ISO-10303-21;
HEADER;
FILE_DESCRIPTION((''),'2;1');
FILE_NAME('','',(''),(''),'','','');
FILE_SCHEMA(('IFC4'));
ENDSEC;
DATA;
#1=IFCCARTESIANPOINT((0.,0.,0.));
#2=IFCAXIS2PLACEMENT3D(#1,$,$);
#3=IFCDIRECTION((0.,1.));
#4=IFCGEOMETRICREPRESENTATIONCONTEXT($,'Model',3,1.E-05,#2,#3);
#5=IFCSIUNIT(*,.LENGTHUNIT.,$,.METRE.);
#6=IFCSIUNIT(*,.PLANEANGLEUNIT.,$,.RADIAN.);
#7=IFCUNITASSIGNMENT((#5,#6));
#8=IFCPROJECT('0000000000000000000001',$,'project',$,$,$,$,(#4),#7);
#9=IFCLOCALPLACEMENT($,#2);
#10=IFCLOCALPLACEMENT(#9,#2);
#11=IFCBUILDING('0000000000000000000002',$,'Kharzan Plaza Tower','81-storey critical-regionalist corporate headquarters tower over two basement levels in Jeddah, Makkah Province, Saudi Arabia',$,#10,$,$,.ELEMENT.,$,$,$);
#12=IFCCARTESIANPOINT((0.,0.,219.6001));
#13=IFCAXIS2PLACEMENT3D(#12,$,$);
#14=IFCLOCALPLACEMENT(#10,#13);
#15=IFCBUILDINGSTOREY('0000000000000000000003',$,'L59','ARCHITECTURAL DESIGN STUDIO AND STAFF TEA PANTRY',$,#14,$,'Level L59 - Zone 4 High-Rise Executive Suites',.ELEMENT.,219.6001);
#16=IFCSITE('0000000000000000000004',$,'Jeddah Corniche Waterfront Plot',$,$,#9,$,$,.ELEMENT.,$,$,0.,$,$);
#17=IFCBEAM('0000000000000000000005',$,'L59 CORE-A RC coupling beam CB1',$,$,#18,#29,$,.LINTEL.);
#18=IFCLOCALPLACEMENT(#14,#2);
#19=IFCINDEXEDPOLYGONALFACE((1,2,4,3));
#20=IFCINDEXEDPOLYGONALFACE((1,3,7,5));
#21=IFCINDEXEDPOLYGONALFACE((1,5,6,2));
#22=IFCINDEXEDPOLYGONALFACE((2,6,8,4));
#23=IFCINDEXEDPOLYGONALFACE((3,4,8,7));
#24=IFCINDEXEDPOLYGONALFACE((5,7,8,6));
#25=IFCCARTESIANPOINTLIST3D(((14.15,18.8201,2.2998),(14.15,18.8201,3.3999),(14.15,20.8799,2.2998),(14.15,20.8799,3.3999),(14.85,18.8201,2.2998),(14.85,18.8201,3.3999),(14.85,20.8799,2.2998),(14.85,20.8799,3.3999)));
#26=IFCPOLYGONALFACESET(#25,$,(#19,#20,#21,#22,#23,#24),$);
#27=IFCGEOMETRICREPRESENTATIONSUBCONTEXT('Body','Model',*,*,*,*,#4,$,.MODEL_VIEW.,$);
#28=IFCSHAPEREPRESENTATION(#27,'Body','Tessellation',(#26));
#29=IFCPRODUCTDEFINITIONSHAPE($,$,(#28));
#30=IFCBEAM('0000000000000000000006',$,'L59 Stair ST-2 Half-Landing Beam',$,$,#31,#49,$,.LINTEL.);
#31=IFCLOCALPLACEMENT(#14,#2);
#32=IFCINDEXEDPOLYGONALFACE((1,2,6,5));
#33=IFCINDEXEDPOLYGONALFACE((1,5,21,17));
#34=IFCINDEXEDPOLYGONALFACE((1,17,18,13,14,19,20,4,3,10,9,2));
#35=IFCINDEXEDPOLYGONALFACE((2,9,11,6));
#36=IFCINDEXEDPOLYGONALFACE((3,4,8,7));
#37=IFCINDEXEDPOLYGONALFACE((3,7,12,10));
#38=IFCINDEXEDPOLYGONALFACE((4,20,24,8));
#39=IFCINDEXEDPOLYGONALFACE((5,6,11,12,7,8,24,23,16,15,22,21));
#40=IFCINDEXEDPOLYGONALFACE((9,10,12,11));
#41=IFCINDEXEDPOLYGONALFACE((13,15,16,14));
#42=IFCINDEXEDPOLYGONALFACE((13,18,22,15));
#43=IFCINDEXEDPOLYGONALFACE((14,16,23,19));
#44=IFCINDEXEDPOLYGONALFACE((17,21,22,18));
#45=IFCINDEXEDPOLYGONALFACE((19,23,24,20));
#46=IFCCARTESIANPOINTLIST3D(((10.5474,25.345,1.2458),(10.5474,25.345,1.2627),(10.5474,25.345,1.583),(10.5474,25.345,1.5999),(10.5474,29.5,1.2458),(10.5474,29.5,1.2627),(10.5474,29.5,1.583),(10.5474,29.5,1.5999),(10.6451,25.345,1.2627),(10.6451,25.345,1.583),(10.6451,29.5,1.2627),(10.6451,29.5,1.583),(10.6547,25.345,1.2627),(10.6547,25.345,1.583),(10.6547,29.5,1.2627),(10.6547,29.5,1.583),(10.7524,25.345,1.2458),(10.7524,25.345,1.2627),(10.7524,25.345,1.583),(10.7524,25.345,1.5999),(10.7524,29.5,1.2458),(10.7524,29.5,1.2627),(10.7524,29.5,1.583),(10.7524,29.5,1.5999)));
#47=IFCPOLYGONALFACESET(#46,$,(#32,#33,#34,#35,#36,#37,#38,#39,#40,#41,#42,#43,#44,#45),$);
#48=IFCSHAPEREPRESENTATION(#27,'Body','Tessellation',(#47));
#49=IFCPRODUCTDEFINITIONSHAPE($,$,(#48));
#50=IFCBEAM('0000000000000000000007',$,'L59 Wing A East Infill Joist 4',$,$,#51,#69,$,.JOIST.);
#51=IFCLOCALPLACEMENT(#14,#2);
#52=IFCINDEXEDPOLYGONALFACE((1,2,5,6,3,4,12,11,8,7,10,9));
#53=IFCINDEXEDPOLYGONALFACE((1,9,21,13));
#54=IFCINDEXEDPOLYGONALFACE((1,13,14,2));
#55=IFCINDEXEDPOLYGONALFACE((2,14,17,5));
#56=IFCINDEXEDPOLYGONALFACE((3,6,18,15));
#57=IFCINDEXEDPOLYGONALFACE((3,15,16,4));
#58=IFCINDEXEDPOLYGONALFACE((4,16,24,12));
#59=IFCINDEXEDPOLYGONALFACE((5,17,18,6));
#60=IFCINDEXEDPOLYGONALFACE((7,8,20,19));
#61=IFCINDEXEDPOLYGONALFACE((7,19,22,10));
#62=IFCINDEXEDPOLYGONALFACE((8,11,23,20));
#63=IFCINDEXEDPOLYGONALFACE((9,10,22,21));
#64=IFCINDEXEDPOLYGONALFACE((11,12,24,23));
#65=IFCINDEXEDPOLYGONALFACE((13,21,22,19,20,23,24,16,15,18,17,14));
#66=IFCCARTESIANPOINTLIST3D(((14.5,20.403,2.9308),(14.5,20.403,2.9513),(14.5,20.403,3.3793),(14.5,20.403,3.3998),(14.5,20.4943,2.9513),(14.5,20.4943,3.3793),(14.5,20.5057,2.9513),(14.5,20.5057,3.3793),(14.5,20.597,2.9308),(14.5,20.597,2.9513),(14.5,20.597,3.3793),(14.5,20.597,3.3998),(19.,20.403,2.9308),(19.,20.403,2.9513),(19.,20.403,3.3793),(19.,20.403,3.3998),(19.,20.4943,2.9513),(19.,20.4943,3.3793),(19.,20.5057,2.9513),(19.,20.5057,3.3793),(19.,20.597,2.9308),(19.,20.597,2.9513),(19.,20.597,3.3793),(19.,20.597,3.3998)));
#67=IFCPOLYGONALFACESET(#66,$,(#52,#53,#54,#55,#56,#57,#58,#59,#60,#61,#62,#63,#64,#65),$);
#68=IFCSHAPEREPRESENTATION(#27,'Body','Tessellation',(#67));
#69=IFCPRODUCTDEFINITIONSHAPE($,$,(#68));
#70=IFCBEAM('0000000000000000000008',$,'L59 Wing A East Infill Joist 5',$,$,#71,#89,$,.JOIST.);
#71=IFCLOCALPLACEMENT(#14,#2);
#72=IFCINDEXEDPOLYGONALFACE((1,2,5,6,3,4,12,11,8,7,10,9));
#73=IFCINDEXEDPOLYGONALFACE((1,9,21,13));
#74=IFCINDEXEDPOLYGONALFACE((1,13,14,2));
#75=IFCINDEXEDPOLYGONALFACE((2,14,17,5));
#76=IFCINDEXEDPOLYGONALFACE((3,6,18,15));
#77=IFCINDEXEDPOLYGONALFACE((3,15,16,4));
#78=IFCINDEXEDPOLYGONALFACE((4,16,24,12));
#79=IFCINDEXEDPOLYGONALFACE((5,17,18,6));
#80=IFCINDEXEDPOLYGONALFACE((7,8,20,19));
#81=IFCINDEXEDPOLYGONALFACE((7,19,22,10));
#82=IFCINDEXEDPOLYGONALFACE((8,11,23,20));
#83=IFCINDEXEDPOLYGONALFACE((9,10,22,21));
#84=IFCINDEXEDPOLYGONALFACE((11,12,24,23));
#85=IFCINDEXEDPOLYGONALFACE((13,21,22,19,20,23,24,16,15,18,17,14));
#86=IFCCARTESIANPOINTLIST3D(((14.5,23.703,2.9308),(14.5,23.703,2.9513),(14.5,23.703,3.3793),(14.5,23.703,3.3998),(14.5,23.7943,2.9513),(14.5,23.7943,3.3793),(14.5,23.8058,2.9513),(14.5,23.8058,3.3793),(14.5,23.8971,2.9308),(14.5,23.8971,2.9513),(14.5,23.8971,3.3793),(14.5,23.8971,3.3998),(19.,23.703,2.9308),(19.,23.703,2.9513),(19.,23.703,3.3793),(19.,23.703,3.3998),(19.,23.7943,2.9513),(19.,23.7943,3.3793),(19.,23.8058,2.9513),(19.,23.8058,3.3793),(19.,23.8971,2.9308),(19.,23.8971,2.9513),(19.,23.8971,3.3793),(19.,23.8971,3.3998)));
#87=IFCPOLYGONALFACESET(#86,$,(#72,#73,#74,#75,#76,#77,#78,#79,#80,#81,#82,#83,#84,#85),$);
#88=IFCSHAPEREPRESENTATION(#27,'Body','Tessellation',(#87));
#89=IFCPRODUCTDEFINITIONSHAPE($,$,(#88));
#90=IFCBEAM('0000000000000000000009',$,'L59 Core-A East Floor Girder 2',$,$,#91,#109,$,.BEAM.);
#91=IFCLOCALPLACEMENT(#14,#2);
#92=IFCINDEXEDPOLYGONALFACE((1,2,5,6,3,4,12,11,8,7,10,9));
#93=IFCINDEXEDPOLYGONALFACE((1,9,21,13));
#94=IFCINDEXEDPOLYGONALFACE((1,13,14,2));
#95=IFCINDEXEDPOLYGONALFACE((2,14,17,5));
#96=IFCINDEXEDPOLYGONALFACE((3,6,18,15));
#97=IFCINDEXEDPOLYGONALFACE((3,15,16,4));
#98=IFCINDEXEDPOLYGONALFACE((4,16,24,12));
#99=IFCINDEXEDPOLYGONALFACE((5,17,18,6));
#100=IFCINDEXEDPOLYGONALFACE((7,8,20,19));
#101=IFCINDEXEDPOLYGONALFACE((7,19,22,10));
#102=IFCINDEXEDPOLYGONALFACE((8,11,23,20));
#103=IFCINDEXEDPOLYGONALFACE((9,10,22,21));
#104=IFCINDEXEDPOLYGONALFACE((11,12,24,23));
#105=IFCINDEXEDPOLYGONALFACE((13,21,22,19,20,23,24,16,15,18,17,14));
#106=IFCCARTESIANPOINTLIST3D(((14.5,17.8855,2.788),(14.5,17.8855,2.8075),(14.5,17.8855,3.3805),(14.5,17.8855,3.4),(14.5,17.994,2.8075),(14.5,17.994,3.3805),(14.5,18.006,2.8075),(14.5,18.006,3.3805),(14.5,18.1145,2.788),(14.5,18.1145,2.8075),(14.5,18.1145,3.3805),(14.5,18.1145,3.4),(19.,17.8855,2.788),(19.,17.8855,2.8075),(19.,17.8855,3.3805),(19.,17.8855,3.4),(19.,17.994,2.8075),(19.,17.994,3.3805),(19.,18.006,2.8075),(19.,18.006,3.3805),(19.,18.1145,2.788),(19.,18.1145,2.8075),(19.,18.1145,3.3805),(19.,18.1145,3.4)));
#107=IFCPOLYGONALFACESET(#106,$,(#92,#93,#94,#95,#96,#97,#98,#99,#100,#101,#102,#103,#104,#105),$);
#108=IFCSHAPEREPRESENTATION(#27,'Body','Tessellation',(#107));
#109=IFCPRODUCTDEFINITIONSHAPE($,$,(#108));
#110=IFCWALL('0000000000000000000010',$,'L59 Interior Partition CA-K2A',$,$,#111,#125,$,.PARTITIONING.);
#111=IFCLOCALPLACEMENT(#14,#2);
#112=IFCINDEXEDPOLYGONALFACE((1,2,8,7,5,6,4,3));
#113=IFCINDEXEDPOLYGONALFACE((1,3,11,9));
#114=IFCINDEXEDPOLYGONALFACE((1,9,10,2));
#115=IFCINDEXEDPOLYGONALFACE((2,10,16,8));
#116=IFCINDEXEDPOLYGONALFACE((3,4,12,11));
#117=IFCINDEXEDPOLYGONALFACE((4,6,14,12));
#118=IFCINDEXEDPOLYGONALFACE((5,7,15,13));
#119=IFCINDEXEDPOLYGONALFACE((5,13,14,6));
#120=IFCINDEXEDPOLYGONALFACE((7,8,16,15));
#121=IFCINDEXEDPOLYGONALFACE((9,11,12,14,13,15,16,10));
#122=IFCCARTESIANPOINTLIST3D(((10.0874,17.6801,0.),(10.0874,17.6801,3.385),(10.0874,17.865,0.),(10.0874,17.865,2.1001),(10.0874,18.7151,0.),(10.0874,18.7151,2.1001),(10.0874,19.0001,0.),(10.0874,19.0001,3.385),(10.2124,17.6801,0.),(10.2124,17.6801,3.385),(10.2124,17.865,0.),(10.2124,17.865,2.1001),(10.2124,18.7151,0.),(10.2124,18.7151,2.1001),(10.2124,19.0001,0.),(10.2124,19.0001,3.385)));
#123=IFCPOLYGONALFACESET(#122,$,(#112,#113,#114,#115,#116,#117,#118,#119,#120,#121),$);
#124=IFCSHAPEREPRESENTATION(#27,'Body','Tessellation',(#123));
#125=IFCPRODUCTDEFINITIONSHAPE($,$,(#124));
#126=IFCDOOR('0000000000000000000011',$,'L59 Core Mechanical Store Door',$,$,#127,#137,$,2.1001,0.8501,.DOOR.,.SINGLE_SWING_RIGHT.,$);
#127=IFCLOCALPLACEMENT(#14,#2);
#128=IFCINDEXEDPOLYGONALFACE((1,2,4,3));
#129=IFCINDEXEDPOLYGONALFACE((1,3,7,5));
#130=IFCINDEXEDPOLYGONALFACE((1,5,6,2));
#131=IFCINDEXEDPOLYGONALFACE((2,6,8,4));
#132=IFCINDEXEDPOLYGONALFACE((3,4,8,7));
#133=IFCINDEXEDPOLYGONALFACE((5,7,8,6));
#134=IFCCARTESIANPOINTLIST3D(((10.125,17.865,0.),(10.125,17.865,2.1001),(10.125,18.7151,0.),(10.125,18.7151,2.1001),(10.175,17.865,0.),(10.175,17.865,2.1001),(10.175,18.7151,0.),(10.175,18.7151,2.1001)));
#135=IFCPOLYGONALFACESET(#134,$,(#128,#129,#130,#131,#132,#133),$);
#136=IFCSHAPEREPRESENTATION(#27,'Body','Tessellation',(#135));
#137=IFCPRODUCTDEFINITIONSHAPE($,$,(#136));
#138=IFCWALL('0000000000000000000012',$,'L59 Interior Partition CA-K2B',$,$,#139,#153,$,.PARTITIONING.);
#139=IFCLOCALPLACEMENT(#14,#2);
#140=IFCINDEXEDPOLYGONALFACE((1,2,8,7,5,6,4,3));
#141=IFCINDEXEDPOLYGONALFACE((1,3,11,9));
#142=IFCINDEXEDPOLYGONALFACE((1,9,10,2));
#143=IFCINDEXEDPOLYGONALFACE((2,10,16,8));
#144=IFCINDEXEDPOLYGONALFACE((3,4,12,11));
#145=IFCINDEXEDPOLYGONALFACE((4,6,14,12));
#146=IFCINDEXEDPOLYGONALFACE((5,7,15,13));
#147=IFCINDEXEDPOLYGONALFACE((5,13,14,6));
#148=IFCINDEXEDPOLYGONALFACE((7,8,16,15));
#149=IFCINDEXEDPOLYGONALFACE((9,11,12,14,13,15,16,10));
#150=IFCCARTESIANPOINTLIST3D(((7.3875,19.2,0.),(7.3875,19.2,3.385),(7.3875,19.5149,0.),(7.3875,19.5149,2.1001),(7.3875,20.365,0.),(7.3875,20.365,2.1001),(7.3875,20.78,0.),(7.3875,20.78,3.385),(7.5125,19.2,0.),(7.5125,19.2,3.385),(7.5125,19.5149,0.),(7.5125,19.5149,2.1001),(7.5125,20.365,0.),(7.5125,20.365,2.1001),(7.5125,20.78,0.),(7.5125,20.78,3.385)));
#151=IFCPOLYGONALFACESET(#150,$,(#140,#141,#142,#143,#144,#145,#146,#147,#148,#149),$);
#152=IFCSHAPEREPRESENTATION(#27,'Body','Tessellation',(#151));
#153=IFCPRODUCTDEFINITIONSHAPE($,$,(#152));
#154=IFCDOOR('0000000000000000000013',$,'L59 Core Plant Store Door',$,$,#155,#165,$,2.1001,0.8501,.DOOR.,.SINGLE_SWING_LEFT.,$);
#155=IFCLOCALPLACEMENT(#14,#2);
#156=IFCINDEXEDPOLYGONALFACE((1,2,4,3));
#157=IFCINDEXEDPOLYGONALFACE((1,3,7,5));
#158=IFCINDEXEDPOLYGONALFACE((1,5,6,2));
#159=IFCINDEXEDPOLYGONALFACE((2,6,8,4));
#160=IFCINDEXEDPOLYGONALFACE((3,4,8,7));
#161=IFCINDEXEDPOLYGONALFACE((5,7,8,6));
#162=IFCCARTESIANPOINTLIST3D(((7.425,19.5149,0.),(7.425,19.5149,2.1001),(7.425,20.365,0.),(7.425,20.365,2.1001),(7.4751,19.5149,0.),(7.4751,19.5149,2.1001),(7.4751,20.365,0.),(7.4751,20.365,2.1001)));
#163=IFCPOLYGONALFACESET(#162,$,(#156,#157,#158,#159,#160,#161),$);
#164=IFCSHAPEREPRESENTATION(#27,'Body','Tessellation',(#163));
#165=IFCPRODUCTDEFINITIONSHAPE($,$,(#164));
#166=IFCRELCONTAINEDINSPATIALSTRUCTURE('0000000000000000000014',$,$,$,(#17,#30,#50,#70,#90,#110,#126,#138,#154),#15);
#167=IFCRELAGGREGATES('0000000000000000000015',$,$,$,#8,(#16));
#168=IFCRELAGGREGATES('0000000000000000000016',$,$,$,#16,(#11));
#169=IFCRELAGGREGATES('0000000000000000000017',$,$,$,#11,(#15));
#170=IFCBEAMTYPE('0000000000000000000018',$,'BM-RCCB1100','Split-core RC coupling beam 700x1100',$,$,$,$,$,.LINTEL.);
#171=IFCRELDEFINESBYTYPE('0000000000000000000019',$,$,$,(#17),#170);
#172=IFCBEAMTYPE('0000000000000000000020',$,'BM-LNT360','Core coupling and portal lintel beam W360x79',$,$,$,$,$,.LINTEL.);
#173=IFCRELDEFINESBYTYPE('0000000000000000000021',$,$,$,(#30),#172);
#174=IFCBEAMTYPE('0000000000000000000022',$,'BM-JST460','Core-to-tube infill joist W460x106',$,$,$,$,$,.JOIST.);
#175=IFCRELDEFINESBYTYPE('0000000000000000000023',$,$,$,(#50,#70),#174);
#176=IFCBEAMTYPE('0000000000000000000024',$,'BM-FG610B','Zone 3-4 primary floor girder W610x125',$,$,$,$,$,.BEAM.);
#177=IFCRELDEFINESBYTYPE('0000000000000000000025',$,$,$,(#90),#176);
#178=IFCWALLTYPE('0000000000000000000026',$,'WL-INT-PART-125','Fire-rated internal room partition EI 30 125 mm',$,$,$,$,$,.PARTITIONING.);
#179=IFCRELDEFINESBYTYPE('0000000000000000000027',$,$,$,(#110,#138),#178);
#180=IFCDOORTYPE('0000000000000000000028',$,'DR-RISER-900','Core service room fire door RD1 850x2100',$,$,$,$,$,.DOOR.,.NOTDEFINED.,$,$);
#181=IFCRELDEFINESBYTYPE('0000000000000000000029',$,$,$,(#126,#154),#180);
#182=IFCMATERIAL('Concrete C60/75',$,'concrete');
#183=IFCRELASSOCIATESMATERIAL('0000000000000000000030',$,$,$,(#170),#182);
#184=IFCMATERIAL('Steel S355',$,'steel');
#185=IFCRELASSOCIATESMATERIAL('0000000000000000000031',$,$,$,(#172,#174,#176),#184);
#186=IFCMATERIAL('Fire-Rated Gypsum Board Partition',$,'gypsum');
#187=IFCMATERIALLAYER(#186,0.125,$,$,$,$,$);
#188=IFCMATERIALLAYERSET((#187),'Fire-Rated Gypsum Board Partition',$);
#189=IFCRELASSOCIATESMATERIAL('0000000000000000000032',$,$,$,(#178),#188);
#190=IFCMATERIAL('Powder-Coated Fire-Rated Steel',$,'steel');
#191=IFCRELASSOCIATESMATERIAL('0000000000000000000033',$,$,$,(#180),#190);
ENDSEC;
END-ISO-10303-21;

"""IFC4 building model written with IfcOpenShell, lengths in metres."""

from ifc_helpers import new_model, si_unit, direction, frame, frame_2d, origin, origin_2d, place, context, subcontext, project, spatial, rectangle, i_section, extrude, source, transform, mapped, material, layer, layer_set, material_profile, profile_set, type_object, element, fill, save


model = new_model("IFC4")

# Units and contexts
model_context = context("Model", 3, precision=1e-05, world=origin(), true_north=direction((0.0, 1.0)))
body_context = subcontext(model_context, "Body", "Model", "MODEL_VIEW")
ifc_project = project(units=[si_unit("LENGTHUNIT", "METRE"), si_unit("PLANEANGLEUNIT", "RADIAN")], contexts=[model_context])

# Site, building, storey
site_placement = place(None, origin())
site = spatial("IfcSite", under=ifc_project, at=site_placement, Name="Jeddah Corniche Waterfront Plot", CompositionType="ELEMENT", RefElevation=0.0)
building_placement = place(site_placement, origin())
building = spatial("IfcBuilding", under=site, at=building_placement, Name="Kharzan Plaza Tower", Description="81-storey critical-regionalist corporate headquarters tower over two basement levels in Jeddah, Makkah Province, Saudi Arabia", CompositionType="ELEMENT")
storey_placement = place(building_placement, frame((0.0, 0.0, 219.6001)))
storey = spatial("IfcBuildingStorey", under=building, at=storey_placement, Name="L59", Description="ARCHITECTURAL DESIGN STUDIO AND STAFF TEA PANTRY", LongName="Level L59 - Zone 4 High-Rise Executive Suites", CompositionType="ELEMENT", Elevation=219.6001)

# Beams
ifc_material_1 = material(Name="Concrete C60/75", Category="concrete")
ifc_material_profile_1 = material_profile(ifc_material_1, rectangle(XDim=0.7, YDim=1.1001, at=origin_2d()), Name="RC-CB1100x700")
ifc_profile_set_1 = profile_set([ifc_material_profile_1], Name="Concrete C60/75")
beam_type_1 = type_object("IfcBeamType", Name="BM-RCCB1100", Description="Split-core RC coupling beam 700x1100", PredefinedType="LINTEL", material=ifc_profile_set_1)
shared_shape_1 = source(origin(), body_context, "Body", "SweptSolid", [
    extrude(rectangle(XDim=0.7, YDim=1.1001, at=origin_2d()), origin(), (0.0, 0.0, 1.0), 2.0598),
])
beam_1_placement = place(storey_placement, frame((14.5, 18.8201, 2.8499), z_axis=(0.0, 1.0, 0.0), x_axis=(-1.0, 0.0, 0.0)))
element("IfcBeam", 1, at=beam_1_placement, inside=storey, type_object=beam_type_1, Name="L59 CORE-A RC coupling beam CB1", PredefinedType="LINTEL", context=body_context, shape_type="MappedRepresentation", body=[
    mapped(shared_shape_1, transform((0.0, 0.0, 0.0), x_axis=(1.0, 0.0, 0.0), y_axis=(0.0, 1.0, 0.0), z_axis=(0.0, 0.0, 1.0))),
])
ifc_material_2 = material(Name="Steel S355", Category="steel")
ifc_material_profile_2 = material_profile(ifc_material_2, i_section(OverallWidth=0.2051, OverallDepth=0.354, WebThickness=0.0095, FlangeThickness=0.0168, at=origin_2d()), Name="W360x79")
ifc_profile_set_2 = profile_set([ifc_material_profile_2], Name="Steel S355")
beam_type_2 = type_object("IfcBeamType", Name="BM-LNT360", Description="Core coupling and portal lintel beam W360x79", PredefinedType="LINTEL", material=ifc_profile_set_2)
shared_shape_2 = source(origin(), body_context, "Body", "SweptSolid", [
    extrude(i_section(OverallWidth=0.2051, OverallDepth=0.354, WebThickness=0.0095, FlangeThickness=0.0168, at=origin_2d()), origin(), (0.0, 0.0, 1.0), 4.155),
])
beam_2_placement = place(storey_placement, frame((10.6499, 25.345, 1.4229), z_axis=(0.0, 1.0, 0.0), x_axis=(-1.0, 0.0, 0.0)))
element("IfcBeam", 2, at=beam_2_placement, inside=storey, type_object=beam_type_2, Name="L59 Stair ST-2 Half-Landing Beam", PredefinedType="LINTEL", context=body_context, shape_type="MappedRepresentation", body=[
    mapped(shared_shape_2, transform((0.0, 0.0, 0.0), x_axis=(1.0, 0.0, 0.0), y_axis=(0.0, 1.0, 0.0), z_axis=(0.0, 0.0, 1.0))),
])
ifc_material_profile_3 = material_profile(ifc_material_2, i_section(OverallWidth=0.1941, OverallDepth=0.469, WebThickness=0.0115, FlangeThickness=0.0205, at=origin_2d()), Name="W460x106")
ifc_profile_set_3 = profile_set([ifc_material_profile_3], Name="Steel S355")
beam_type_3 = type_object("IfcBeamType", Name="BM-JST460", Description="Core-to-tube infill joist W460x106", PredefinedType="JOIST", material=ifc_profile_set_3)
shared_shape_3 = source(origin(), body_context, "Body", "SweptSolid", [
    extrude(i_section(OverallWidth=0.1941, OverallDepth=0.469, WebThickness=0.0115, FlangeThickness=0.0205, at=origin_2d()), origin(), (0.0, 0.0, 1.0), 4.5),
])
for number, where, z_axis, x_axis, name in (
    (3, (14.5, 20.5, 3.1653), (1.0, 0.0, 0.0), (0.0, 1.0, 0.0), "L59 Wing A East Infill Joist 4"),
    (4, (14.5, 23.8, 3.1653), (1.0, 0.0, 0.0), (0.0, 1.0, 0.0), "L59 Wing A East Infill Joist 5"),
):
    element("IfcBeam", number, at=place(storey_placement, frame(where, z_axis=z_axis, x_axis=x_axis)), inside=storey, type_object=beam_type_3, Name=name, PredefinedType="JOIST", context=body_context, shape_type="MappedRepresentation", body=[
        mapped(shared_shape_3, transform((0.0, 0.0, 0.0), x_axis=(1.0, 0.0, 0.0), y_axis=(0.0, 1.0, 0.0), z_axis=(0.0, 0.0, 1.0))),
    ])
ifc_material_profile_4 = material_profile(ifc_material_2, i_section(OverallWidth=0.229, OverallDepth=0.6121, WebThickness=0.012, FlangeThickness=0.0195, at=origin_2d()), Name="W610x125")
ifc_profile_set_4 = profile_set([ifc_material_profile_4], Name="Steel S355")
beam_type_4 = type_object("IfcBeamType", Name="BM-FG610B", Description="Zone 3-4 primary floor girder W610x125", PredefinedType="BEAM", material=ifc_profile_set_4)
shared_shape_4 = source(origin(), body_context, "Body", "SweptSolid", [
    extrude(i_section(OverallWidth=0.229, OverallDepth=0.6121, WebThickness=0.012, FlangeThickness=0.0195, at=origin_2d()), origin(), (0.0, 0.0, 1.0), 4.5),
])
beam_3_placement = place(storey_placement, frame((14.5, 18.0, 3.094), z_axis=(1.0, 0.0, 0.0), x_axis=(0.0, 1.0, 0.0)))
element("IfcBeam", 5, at=beam_3_placement, inside=storey, type_object=beam_type_4, Name="L59 Core-A East Floor Girder 2", PredefinedType="BEAM", context=body_context, shape_type="MappedRepresentation", body=[
    mapped(shared_shape_4, transform((0.0, 0.0, 0.0), x_axis=(1.0, 0.0, 0.0), y_axis=(0.0, 1.0, 0.0), z_axis=(0.0, 0.0, 1.0))),
])

# Walls, openings, doors
ifc_material_3 = material(Name="Fire-Rated Gypsum Board Partition", Category="gypsum")
ifc_layer_1 = layer(ifc_material_3, 0.125)
ifc_layer_set_1 = layer_set([ifc_layer_1], Name="Fire-Rated Gypsum Board Partition")
wall_type_1 = type_object("IfcWallType", Name="WL-INT-PART-125", Description="Fire-rated internal room partition EI 30 125 mm", PredefinedType="PARTITIONING", material=ifc_layer_set_1)
wall_1_placement = place(storey_placement, frame((10.1499, 17.6799, 0.0), z_axis=(0.0, 0.0, 1.0), x_axis=(0.0, 1.0, 0.0)))
wall_1 = element("IfcWall", 6, at=wall_1_placement, inside=storey, type_object=wall_type_1, Name="L59 Interior Partition CA-K2A", PredefinedType="PARTITIONING", context=body_context, shape_type="SweptSolid", body=[
    extrude(rectangle(XDim=1.3201, YDim=0.125, at=frame_2d((0.6602, 0.0))), origin(), (0.0, 0.0, 1.0), 3.385),
])
opening_1_placement = place(wall_1_placement, frame((0.1851, 0.0, 0.0)))
opening_1 = element("IfcOpeningElement", 7, at=opening_1_placement, cuts=wall_1, PredefinedType="OPENING", context=body_context, shape_type="SweptSolid", body=[
    extrude(rectangle(XDim=0.8501, YDim=2.1001, at=frame_2d((0.425, 1.05))), frame((0.0, 0.0725, 0.0), z_axis=(0.0, -1.0, 0.0), x_axis=(1.0, 0.0, 0.0)), (0.0, 0.0, 1.0), 0.145),
])
ifc_material_4 = material(Name="Powder-Coated Fire-Rated Steel", Category="steel")
door_type_1 = type_object("IfcDoorType", Name="DR-RISER-900", Description="Core service room fire door RD1 850x2100", OperationType="NOTDEFINED", PredefinedType="DOOR", material=ifc_material_4)
shared_shape_5 = source(origin(), body_context, "Body", "SweptSolid", [
    extrude(rectangle(XDim=0.8501, YDim=2.1001, at=frame_2d((0.425, 1.05))), frame((0.0, 0.0249, 0.0), z_axis=(0.0, -1.0, 0.0), x_axis=(1.0, 0.0, 0.0)), (0.0, 0.0, 1.0), 0.05),
])
door_1_placement = place(opening_1_placement, origin())
door_1 = element("IfcDoor", 8, at=door_1_placement, inside=storey, type_object=door_type_1, Name="L59 Core Mechanical Store Door", OperationType="SINGLE_SWING_RIGHT", OverallHeight=2.1001, OverallWidth=0.8501, PredefinedType="DOOR", context=body_context, shape_type="MappedRepresentation", body=[
    mapped(shared_shape_5, transform((0.0, 0.0, 0.0), x_axis=(1.0, 0.0, 0.0), y_axis=(0.0, 1.0, 0.0), z_axis=(0.0, 0.0, 1.0))),
])
fill(opening_1, door_1)
wall_2_placement = place(storey_placement, frame((7.45, 19.2, 0.0), z_axis=(0.0, 0.0, 1.0), x_axis=(0.0, 1.0, 0.0)))
wall_2 = element("IfcWall", 9, at=wall_2_placement, inside=storey, type_object=wall_type_1, Name="L59 Interior Partition CA-K2B", PredefinedType="PARTITIONING", context=body_context, shape_type="SweptSolid", body=[
    extrude(rectangle(XDim=1.5801, YDim=0.125, at=frame_2d((0.79, 0.0))), origin(), (0.0, 0.0, 1.0), 3.385),
])
opening_2_placement = place(wall_2_placement, frame((0.3149, 0.0, 0.0)))
opening_2 = element("IfcOpeningElement", 10, at=opening_2_placement, cuts=wall_2, PredefinedType="OPENING", context=body_context, shape_type="SweptSolid", body=[
    extrude(rectangle(XDim=0.8501, YDim=2.1001, at=frame_2d((0.425, 1.05))), frame((0.0, 0.0725, 0.0), z_axis=(0.0, -1.0, 0.0), x_axis=(1.0, 0.0, 0.0)), (0.0, 0.0, 1.0), 0.145),
])
door_2_placement = place(opening_2_placement, origin())
door_2 = element("IfcDoor", 11, at=door_2_placement, inside=storey, type_object=door_type_1, Name="L59 Core Plant Store Door", OperationType="SINGLE_SWING_LEFT", OverallHeight=2.1001, OverallWidth=0.8501, PredefinedType="DOOR", context=body_context, shape_type="MappedRepresentation", body=[
    mapped(shared_shape_5, transform((0.0, 0.0, 0.0), x_axis=(1.0, 0.0, 0.0), y_axis=(0.0, 1.0, 0.0), z_axis=(0.0, 0.0, 1.0))),
])
fill(opening_2, door_2)

save(model, "model.ifc")
